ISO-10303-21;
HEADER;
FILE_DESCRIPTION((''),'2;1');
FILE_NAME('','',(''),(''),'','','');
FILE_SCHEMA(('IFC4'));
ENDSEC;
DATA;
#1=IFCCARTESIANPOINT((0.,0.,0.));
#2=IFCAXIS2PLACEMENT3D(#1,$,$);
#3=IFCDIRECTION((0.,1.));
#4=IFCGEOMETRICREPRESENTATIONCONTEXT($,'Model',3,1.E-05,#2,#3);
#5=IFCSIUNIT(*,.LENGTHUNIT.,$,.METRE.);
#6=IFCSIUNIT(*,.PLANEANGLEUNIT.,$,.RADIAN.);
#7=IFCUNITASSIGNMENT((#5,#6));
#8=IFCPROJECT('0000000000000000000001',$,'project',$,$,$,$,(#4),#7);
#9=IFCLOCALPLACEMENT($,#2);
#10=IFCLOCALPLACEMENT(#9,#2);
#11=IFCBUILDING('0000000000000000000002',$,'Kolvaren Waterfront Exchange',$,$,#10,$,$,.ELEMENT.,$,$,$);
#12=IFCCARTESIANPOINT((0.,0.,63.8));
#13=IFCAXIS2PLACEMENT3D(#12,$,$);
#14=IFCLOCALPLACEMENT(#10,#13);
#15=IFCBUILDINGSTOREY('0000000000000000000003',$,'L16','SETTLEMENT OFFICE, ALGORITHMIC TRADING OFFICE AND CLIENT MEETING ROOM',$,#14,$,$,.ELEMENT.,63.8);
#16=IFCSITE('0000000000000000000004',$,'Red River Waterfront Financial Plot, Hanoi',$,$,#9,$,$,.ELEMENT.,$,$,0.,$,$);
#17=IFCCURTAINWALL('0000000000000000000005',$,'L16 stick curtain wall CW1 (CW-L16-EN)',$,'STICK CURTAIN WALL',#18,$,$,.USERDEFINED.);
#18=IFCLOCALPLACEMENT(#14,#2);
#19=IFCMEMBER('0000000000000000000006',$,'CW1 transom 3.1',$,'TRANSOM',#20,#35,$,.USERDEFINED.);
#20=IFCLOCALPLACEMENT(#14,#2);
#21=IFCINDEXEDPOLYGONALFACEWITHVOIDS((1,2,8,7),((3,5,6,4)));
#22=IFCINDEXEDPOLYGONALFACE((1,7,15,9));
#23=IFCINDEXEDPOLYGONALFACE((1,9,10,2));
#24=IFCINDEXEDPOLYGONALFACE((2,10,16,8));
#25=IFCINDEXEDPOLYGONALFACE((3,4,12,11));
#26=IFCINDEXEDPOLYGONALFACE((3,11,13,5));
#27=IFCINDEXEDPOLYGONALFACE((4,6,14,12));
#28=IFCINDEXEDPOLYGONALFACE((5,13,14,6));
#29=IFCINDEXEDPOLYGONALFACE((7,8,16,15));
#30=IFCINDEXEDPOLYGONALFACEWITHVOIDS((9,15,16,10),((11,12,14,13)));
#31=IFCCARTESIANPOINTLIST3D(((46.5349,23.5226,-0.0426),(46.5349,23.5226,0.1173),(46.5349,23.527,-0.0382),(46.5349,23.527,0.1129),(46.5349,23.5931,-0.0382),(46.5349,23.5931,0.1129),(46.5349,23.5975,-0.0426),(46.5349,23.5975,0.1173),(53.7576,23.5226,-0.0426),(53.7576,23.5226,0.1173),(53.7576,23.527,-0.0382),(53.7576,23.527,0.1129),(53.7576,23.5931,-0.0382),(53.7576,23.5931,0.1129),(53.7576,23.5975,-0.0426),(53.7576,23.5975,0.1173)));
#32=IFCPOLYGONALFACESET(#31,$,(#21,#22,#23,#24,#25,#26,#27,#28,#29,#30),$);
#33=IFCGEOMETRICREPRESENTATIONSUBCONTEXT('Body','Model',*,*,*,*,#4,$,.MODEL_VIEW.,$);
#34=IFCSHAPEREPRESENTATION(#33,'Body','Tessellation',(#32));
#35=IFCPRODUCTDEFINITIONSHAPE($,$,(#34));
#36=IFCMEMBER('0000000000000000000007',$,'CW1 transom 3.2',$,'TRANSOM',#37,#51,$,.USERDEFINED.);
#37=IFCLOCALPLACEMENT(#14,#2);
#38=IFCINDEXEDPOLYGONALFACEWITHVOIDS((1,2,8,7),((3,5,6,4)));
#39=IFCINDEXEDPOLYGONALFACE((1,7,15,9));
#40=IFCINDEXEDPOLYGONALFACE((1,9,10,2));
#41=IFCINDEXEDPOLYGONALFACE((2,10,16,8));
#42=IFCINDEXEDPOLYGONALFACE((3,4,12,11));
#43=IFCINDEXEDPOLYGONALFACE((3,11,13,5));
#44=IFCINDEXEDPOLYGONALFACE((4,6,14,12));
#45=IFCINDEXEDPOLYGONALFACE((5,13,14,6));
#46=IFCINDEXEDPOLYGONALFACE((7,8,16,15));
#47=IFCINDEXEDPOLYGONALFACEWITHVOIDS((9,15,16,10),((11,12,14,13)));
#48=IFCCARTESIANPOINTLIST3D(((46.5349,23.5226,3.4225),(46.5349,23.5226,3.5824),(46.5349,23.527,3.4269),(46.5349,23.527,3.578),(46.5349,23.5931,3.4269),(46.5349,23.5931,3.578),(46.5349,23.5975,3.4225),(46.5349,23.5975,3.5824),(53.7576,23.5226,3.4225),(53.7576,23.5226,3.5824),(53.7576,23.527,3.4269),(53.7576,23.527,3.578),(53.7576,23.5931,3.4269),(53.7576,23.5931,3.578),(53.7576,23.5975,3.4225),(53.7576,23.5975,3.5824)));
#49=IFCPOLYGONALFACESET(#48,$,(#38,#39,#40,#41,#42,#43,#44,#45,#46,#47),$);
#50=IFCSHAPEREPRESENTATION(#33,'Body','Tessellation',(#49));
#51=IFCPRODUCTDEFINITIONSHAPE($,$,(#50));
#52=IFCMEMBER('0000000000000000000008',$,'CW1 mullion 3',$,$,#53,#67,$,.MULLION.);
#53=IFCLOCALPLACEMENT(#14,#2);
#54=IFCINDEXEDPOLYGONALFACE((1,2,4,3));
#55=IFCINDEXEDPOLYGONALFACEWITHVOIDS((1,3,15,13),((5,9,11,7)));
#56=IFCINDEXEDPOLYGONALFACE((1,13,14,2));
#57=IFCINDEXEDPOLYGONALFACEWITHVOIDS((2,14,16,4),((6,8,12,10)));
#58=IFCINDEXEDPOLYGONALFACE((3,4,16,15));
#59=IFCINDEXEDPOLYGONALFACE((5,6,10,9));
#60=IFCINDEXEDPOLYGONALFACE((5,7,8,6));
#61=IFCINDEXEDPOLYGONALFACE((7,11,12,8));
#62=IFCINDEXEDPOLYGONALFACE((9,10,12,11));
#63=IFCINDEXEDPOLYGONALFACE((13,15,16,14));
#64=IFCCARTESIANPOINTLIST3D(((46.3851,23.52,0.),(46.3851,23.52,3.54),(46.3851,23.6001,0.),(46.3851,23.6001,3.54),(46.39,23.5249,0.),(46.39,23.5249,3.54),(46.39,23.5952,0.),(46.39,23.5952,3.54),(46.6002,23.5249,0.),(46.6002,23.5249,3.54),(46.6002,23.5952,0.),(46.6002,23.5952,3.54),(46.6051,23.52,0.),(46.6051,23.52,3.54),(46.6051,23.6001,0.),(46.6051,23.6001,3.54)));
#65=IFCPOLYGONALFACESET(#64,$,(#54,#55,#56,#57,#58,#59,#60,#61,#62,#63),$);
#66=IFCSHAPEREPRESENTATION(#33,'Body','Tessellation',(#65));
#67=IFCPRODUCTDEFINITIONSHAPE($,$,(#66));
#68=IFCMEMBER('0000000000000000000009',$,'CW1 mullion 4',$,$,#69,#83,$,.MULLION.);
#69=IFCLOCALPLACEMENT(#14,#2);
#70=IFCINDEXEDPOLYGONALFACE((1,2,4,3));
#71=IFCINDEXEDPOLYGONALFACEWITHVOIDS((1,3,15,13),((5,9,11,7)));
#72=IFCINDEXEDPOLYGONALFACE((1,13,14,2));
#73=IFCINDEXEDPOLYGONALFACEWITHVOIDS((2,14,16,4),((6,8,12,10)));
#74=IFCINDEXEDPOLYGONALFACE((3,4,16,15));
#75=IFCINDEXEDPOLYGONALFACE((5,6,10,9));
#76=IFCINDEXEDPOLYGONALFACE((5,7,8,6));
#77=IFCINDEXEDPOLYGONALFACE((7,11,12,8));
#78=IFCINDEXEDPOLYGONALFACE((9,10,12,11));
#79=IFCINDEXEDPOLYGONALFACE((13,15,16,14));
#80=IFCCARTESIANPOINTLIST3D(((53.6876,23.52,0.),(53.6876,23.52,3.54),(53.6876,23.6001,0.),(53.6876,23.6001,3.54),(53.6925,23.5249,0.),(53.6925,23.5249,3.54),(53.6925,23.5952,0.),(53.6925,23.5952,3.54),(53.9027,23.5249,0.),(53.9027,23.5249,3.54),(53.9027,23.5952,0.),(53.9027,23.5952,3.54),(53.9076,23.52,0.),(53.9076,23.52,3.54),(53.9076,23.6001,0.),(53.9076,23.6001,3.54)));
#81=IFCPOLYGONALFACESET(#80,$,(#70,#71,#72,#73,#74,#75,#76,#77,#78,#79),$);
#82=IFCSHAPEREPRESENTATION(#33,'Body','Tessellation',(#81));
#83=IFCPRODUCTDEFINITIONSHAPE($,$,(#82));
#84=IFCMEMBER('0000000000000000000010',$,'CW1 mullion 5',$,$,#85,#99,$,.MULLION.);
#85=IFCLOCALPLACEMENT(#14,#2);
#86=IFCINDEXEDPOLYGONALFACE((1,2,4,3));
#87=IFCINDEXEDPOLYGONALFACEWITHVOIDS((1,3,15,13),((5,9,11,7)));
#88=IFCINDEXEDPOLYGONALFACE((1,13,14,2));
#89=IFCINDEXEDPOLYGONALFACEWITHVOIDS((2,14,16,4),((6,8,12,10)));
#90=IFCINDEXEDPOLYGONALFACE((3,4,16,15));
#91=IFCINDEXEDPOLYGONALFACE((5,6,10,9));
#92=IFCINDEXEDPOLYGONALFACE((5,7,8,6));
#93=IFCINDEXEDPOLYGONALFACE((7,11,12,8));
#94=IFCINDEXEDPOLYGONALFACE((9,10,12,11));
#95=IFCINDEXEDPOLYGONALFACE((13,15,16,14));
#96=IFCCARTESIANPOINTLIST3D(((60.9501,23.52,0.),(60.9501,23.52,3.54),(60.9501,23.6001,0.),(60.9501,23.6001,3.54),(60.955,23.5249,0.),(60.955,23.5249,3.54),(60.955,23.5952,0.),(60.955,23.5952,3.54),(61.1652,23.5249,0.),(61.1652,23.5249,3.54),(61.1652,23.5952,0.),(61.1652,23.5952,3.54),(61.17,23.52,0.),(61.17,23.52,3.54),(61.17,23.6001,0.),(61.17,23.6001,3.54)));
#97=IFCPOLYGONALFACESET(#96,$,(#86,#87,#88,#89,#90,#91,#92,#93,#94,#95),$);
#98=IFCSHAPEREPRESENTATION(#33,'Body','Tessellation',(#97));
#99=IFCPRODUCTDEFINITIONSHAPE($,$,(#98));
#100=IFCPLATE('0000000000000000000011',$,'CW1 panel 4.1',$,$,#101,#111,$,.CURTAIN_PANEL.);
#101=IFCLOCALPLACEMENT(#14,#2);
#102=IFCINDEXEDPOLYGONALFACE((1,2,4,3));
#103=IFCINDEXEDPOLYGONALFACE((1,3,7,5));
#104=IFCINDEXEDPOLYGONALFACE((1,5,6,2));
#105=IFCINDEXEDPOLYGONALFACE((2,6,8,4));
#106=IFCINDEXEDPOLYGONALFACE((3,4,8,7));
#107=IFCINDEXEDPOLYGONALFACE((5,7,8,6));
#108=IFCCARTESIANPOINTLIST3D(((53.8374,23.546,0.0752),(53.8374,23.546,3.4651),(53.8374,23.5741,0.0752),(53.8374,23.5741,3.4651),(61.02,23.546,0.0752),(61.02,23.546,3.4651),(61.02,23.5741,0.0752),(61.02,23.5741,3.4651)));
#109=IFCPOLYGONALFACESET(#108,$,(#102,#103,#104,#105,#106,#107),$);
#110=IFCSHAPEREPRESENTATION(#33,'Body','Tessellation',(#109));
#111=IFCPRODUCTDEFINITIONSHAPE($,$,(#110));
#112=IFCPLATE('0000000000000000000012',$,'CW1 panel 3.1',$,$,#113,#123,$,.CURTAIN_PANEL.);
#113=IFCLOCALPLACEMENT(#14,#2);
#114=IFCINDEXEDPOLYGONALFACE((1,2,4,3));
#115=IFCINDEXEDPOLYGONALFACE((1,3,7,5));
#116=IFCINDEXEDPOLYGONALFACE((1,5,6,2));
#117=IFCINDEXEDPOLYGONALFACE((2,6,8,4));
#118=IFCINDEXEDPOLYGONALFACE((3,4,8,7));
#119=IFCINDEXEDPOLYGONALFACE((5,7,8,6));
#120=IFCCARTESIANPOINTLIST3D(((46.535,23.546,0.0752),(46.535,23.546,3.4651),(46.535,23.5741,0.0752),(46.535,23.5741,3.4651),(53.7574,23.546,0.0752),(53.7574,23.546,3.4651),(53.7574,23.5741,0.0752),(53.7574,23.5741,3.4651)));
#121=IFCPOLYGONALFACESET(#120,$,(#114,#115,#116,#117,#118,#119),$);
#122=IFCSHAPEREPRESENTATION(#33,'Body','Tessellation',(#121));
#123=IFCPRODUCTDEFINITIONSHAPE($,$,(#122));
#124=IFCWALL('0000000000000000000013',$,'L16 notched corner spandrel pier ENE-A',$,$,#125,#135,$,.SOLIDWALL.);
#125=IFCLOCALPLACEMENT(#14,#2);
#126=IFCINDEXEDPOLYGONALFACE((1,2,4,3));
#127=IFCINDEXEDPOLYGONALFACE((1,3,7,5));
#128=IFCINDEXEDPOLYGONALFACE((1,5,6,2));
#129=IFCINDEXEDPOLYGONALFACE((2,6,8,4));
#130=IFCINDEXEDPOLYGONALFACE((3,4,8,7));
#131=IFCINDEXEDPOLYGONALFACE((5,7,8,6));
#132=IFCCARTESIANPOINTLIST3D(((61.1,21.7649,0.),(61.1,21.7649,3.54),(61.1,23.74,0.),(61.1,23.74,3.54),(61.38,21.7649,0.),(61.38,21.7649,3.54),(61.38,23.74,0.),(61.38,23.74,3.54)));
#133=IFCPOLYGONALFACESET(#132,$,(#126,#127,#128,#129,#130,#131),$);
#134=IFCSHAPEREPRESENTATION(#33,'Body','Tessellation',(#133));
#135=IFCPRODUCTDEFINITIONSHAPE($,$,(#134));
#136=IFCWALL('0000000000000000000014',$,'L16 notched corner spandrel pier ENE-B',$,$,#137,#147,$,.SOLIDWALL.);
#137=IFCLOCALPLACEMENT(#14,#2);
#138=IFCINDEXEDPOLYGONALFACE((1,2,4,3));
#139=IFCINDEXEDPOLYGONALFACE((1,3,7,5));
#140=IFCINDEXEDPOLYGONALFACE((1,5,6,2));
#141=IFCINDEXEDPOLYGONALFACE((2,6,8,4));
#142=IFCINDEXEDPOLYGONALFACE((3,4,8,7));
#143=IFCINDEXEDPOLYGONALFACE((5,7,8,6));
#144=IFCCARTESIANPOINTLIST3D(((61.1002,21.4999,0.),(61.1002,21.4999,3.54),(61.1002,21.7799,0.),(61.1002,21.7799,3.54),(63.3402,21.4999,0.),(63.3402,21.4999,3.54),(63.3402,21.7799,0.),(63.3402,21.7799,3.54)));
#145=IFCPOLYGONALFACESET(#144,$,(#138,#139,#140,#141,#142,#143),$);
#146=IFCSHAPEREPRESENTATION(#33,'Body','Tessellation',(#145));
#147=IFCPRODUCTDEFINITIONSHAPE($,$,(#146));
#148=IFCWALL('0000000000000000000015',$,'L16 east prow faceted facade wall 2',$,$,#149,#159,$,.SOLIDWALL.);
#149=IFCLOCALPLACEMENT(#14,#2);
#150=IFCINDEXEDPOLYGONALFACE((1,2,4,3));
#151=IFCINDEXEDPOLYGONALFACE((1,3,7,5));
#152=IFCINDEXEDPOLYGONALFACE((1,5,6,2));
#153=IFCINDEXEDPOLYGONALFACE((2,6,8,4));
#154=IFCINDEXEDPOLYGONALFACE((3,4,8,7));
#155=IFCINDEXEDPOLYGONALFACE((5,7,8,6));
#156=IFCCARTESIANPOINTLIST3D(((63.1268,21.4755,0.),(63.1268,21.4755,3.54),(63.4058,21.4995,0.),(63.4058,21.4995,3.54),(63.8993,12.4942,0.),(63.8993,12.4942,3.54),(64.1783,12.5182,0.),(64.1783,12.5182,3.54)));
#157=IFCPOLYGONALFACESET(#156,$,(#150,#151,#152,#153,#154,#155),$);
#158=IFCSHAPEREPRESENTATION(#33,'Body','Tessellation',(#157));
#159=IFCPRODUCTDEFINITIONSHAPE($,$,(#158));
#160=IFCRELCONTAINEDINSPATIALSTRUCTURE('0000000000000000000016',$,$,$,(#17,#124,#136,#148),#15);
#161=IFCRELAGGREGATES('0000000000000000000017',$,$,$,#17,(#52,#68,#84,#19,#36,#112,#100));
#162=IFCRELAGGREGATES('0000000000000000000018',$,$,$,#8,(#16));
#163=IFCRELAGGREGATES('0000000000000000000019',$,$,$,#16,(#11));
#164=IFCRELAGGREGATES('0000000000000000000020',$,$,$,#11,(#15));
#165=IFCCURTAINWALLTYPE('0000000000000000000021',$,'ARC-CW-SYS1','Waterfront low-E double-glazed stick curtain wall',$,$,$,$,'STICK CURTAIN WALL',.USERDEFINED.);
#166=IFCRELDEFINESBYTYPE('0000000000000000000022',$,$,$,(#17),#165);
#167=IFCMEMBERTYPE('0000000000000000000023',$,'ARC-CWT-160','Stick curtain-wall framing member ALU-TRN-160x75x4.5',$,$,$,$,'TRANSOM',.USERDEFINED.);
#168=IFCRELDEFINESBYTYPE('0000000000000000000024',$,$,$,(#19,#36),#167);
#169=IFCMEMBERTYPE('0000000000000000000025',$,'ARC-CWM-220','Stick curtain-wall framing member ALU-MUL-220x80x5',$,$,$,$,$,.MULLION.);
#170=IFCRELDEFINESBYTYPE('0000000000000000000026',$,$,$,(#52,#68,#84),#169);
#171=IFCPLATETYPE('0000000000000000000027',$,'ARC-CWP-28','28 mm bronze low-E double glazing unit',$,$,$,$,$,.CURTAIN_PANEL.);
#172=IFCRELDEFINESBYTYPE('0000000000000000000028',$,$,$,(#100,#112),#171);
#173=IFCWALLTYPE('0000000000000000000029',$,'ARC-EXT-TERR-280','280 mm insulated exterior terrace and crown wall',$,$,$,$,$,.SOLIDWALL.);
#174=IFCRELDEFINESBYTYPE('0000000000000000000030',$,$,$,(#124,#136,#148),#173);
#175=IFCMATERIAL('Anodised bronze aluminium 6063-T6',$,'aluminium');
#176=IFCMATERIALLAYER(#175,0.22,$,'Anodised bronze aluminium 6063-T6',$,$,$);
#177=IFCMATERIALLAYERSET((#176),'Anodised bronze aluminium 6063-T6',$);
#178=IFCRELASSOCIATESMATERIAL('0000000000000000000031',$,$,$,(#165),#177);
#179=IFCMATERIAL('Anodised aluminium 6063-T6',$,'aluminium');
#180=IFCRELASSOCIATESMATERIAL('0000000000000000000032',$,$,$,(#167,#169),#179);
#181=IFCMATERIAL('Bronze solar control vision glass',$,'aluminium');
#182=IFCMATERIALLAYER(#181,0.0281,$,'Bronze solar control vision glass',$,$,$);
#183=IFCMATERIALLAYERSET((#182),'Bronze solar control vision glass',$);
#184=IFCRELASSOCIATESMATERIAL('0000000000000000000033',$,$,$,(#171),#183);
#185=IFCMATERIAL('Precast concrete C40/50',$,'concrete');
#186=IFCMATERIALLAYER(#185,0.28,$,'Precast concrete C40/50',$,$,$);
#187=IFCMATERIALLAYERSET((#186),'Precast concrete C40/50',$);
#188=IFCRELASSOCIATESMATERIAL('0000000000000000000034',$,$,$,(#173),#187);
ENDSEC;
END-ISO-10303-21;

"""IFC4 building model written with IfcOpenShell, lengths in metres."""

from ifc_helpers import new_model, si_unit, direction, frame, frame_2d, origin, origin_with_axes, origin_2d, place, context, subcontext, project, spatial, rectangle, hollow_rectangle, extrude, source, transform, mapped, material, layer, layer_set, material_profile, profile_set, type_object, element, aggregate, save


model = new_model("IFC4")

# Units and contexts
model_context = context("Model", 3, precision=1e-05, world=origin(), true_north=direction((0.0, 1.0)))
body_context = subcontext(model_context, "Body", "Model", "MODEL_VIEW")
ifc_project = project(units=[si_unit("LENGTHUNIT", "METRE"), si_unit("PLANEANGLEUNIT", "RADIAN")], contexts=[model_context])

# Site, building, storey
site_placement = place(None, origin())
site = spatial("IfcSite", under=ifc_project, at=site_placement, Name="Red River Waterfront Financial Plot, Hanoi", CompositionType="ELEMENT", RefElevation=0.0)
building_placement = place(site_placement, origin())
building = spatial("IfcBuilding", under=site, at=building_placement, Name="Kolvaren Waterfront Exchange", CompositionType="ELEMENT")
storey_placement = place(building_placement, frame((0.0, 0.0, 63.8)))
storey = spatial("IfcBuildingStorey", under=building, at=storey_placement, Name="L16", Description="SETTLEMENT OFFICE, ALGORITHMIC TRADING OFFICE AND CLIENT MEETING ROOM", CompositionType="ELEMENT", Elevation=63.8)

# Curtain wall, members, plates
ifc_material_1 = material(Name="Anodised bronze aluminium 6063-T6", Category="aluminium")
ifc_layer_1 = layer(ifc_material_1, 0.22, Name="Anodised bronze aluminium 6063-T6")
ifc_layer_set_1 = layer_set([ifc_layer_1], Name="Anodised bronze aluminium 6063-T6")
curtain_wall_type = type_object("IfcCurtainWallType", Name="ARC-CW-SYS1", Description="Waterfront low-E double-glazed stick curtain wall", ElementType="STICK CURTAIN WALL", PredefinedType="USERDEFINED", material=ifc_layer_set_1)
curtain_wall_placement = place(storey_placement, origin())
curtain_wall = element("IfcCurtainWall", 1, at=curtain_wall_placement, inside=storey, type_object=curtain_wall_type, Name="L16 stick curtain wall CW1 (CW-L16-EN)", ObjectType="STICK CURTAIN WALL", PredefinedType="USERDEFINED")
ifc_material_2 = material(Name="Anodised aluminium 6063-T6", Category="aluminium")
ifc_material_profile_1 = material_profile(ifc_material_2, hollow_rectangle(XDim=0.075, YDim=0.1599, WallThickness=0.0044, at=origin_2d()), Name="ALU-TRN-160x75x4.5")
ifc_profile_set_1 = profile_set([ifc_material_profile_1], Name="Anodised aluminium 6063-T6")
member_type_1 = type_object("IfcMemberType", Name="ARC-CWT-160", Description="Stick curtain-wall framing member ALU-TRN-160x75x4.5", ElementType="TRANSOM", PredefinedType="USERDEFINED", material=ifc_profile_set_1)
shared_shape_1 = source(origin_with_axes(), body_context, "Body", "SweptSolid", [
    extrude(hollow_rectangle(XDim=0.075, YDim=0.1599, WallThickness=0.0044, at=origin_2d()), origin(), (0.0, 0.0, 1.0), 7.2227),
])
member_1_placement = place(storey_placement, frame((46.5349, 23.5601, 0.0374), z_axis=(1.0, 0.0, 0.0), x_axis=(0.0, 1.0, 0.0)))
member_1 = element("IfcMember", 2, at=member_1_placement, type_object=member_type_1, Name="CW1 transom 3.1", ObjectType="TRANSOM", PredefinedType="USERDEFINED", context=body_context, shape_type="MappedRepresentation", body=[
    mapped(shared_shape_1, transform((0.0, 0.0, 0.0), x_axis=(1.0, 0.0, 0.0), y_axis=(0.0, 1.0, 0.0), z_axis=(0.0, 0.0, 1.0), scale=1.0)),
])
member_2_placement = place(storey_placement, frame((46.5349, 23.5601, 3.5024), z_axis=(1.0, 0.0, 0.0), x_axis=(0.0, 1.0, 0.0)))
member_2 = element("IfcMember", 3, at=member_2_placement, type_object=member_type_1, Name="CW1 transom 3.2", ObjectType="TRANSOM", PredefinedType="USERDEFINED", context=body_context, shape_type="MappedRepresentation", body=[
    mapped(shared_shape_1, transform((0.0, 0.0, 0.0), x_axis=(1.0, 0.0, 0.0), y_axis=(0.0, 1.0, 0.0), z_axis=(0.0, 0.0, 1.0), scale=1.0)),
])
ifc_material_profile_2 = material_profile(ifc_material_2, hollow_rectangle(XDim=0.0801, YDim=0.22, WallThickness=0.0049, at=origin_2d()), Name="ALU-MUL-220x80x5")
ifc_profile_set_2 = profile_set([ifc_material_profile_2], Name="Anodised aluminium 6063-T6")
member_type_2 = type_object("IfcMemberType", Name="ARC-CWM-220", Description="Stick curtain-wall framing member ALU-MUL-220x80x5", PredefinedType="MULLION", material=ifc_profile_set_2)
shared_shape_2 = source(origin_with_axes(), body_context, "Body", "SweptSolid", [
    extrude(hollow_rectangle(XDim=0.0801, YDim=0.22, WallThickness=0.0049, at=origin_2d()), origin(), (0.0, 0.0, 1.0), 3.54),
])
member_3_placement = place(storey_placement, frame((46.4951, 23.5601, 0.0), z_axis=(0.0, 0.0, 1.0), x_axis=(0.0, 1.0, 0.0)))
member_3 = element("IfcMember", 4, at=member_3_placement, type_object=member_type_2, Name="CW1 mullion 3", PredefinedType="MULLION", context=body_context, shape_type="MappedRepresentation", body=[
    mapped(shared_shape_2, transform((0.0, 0.0, 0.0), x_axis=(1.0, 0.0, 0.0), y_axis=(0.0, 1.0, 0.0), z_axis=(0.0, 0.0, 1.0), scale=1.0)),
])
member_4_placement = place(storey_placement, frame((53.7976, 23.5601, 0.0), z_axis=(0.0, 0.0, 1.0), x_axis=(0.0, 1.0, 0.0)))
member_4 = element("IfcMember", 5, at=member_4_placement, type_object=member_type_2, Name="CW1 mullion 4", PredefinedType="MULLION", context=body_context, shape_type="MappedRepresentation", body=[
    mapped(shared_shape_2, transform((0.0, 0.0, 0.0), x_axis=(1.0, 0.0, 0.0), y_axis=(0.0, 1.0, 0.0), z_axis=(0.0, 0.0, 1.0), scale=1.0)),
])
member_5_placement = place(storey_placement, frame((61.0601, 23.5601, 0.0), z_axis=(0.0, 0.0, 1.0), x_axis=(0.0, 1.0, 0.0)))
member_5 = element("IfcMember", 6, at=member_5_placement, type_object=member_type_2, Name="CW1 mullion 5", PredefinedType="MULLION", context=body_context, shape_type="MappedRepresentation", body=[
    mapped(shared_shape_2, transform((0.0, 0.0, 0.0), x_axis=(1.0, 0.0, 0.0), y_axis=(0.0, 1.0, 0.0), z_axis=(0.0, 0.0, 1.0), scale=1.0)),
])
ifc_material_3 = material(Name="Bronze solar control vision glass", Category="aluminium")
ifc_layer_2 = layer(ifc_material_3, 0.0281, Name="Bronze solar control vision glass")
ifc_layer_set_2 = layer_set([ifc_layer_2], Name="Bronze solar control vision glass")
plate_type = type_object("IfcPlateType", Name="ARC-CWP-28", Description="28 mm bronze low-E double glazing unit", PredefinedType="CURTAIN_PANEL", material=ifc_layer_set_2)
shared_shape_3 = source(origin_with_axes(), body_context, "Body", "SweptSolid", [
    extrude(rectangle(XDim=7.1826, YDim=0.0281, at=origin_2d()), origin(), (0.0, 0.0, 1.0), 3.3899),
])
plate_1_placement = place(storey_placement, frame((57.4287, 23.5601, 0.0752), z_axis=(0.0, 0.0, 1.0), x_axis=(1.0, 0.0, 0.0)))
plate_1 = element("IfcPlate", 7, at=plate_1_placement, type_object=plate_type, Name="CW1 panel 4.1", PredefinedType="CURTAIN_PANEL", context=body_context, shape_type="MappedRepresentation", body=[
    mapped(shared_shape_3, transform((0.0, 0.0, 0.0), x_axis=(1.0, 0.0, 0.0), y_axis=(0.0, 1.0, 0.0), z_axis=(0.0, 0.0, 1.0), scale=1.0)),
])
shared_shape_4 = source(origin_with_axes(), body_context, "Body", "SweptSolid", [
    extrude(rectangle(XDim=7.2224, YDim=0.0281, at=origin_2d()), origin(), (0.0, 0.0, 1.0), 3.3899),
])
plate_2_placement = place(storey_placement, frame((50.1462, 23.5601, 0.0752), z_axis=(0.0, 0.0, 1.0), x_axis=(1.0, 0.0, 0.0)))
plate_2 = element("IfcPlate", 8, at=plate_2_placement, type_object=plate_type, Name="CW1 panel 3.1", PredefinedType="CURTAIN_PANEL", context=body_context, shape_type="MappedRepresentation", body=[
    mapped(shared_shape_4, transform((0.0, 0.0, 0.0), x_axis=(1.0, 0.0, 0.0), y_axis=(0.0, 1.0, 0.0), z_axis=(0.0, 0.0, 1.0), scale=1.0)),
])
aggregate(curtain_wall, [member_3, member_4, member_5, member_1, member_2, plate_2, plate_1])

# Walls
ifc_material_4 = material(Name="Precast concrete C40/50", Category="concrete")
ifc_layer_3 = layer(ifc_material_4, 0.28, Name="Precast concrete C40/50")
ifc_layer_set_3 = layer_set([ifc_layer_3], Name="Precast concrete C40/50")
wall_type_1 = type_object("IfcWallType", Name="ARC-EXT-TERR-280", Description="280 mm insulated exterior terrace and crown wall", PredefinedType="SOLIDWALL", material=ifc_layer_set_3)
wall_1_placement = place(storey_placement, frame((61.24, 21.7649, 0.0), z_axis=(0.0, 0.0, 1.0), x_axis=(0.0, 1.0, 0.0)))
element("IfcWall", 9, at=wall_1_placement, inside=storey, type_object=wall_type_1, Name="L16 notched corner spandrel pier ENE-A", PredefinedType="SOLIDWALL", context=body_context, shape_type="SweptSolid", body=[
    extrude(rectangle(XDim=1.9751, YDim=0.28, at=frame_2d((0.9875, 0.0))), origin(), (0.0, 0.0, 1.0), 3.54),
])
wall_2_placement = place(storey_placement, frame((61.1001, 21.6399, 0.0), z_axis=(0.0, 0.0, 1.0), x_axis=(1.0, 0.0, 0.0)))
element("IfcWall", 10, at=wall_2_placement, inside=storey, type_object=wall_type_1, Name="L16 notched corner spandrel pier ENE-B", PredefinedType="SOLIDWALL", context=body_context, shape_type="SweptSolid", body=[
    extrude(rectangle(XDim=2.24, YDim=0.28, at=frame_2d((1.1201, 0.0))), origin(), (0.0, 0.0, 1.0), 3.54),
])
wall_3_placement = place(storey_placement, frame((64.0388, 12.5061, 0.0), z_axis=(0.0, 0.0, 1.0), x_axis=(-0.085692, 0.996322, 0.0)))
element("IfcWall", 11, at=wall_3_placement, inside=storey, type_object=wall_type_1, Name="L16 east prow faceted facade wall 2", PredefinedType="SOLIDWALL", context=body_context, shape_type="SweptSolid", body=[
    extrude(rectangle(XDim=9.0144, YDim=0.28, at=frame_2d((4.5073, 0.0))), origin(), (0.0, 0.0, 1.0), 3.54),
])

save(model, "model.ifc")
